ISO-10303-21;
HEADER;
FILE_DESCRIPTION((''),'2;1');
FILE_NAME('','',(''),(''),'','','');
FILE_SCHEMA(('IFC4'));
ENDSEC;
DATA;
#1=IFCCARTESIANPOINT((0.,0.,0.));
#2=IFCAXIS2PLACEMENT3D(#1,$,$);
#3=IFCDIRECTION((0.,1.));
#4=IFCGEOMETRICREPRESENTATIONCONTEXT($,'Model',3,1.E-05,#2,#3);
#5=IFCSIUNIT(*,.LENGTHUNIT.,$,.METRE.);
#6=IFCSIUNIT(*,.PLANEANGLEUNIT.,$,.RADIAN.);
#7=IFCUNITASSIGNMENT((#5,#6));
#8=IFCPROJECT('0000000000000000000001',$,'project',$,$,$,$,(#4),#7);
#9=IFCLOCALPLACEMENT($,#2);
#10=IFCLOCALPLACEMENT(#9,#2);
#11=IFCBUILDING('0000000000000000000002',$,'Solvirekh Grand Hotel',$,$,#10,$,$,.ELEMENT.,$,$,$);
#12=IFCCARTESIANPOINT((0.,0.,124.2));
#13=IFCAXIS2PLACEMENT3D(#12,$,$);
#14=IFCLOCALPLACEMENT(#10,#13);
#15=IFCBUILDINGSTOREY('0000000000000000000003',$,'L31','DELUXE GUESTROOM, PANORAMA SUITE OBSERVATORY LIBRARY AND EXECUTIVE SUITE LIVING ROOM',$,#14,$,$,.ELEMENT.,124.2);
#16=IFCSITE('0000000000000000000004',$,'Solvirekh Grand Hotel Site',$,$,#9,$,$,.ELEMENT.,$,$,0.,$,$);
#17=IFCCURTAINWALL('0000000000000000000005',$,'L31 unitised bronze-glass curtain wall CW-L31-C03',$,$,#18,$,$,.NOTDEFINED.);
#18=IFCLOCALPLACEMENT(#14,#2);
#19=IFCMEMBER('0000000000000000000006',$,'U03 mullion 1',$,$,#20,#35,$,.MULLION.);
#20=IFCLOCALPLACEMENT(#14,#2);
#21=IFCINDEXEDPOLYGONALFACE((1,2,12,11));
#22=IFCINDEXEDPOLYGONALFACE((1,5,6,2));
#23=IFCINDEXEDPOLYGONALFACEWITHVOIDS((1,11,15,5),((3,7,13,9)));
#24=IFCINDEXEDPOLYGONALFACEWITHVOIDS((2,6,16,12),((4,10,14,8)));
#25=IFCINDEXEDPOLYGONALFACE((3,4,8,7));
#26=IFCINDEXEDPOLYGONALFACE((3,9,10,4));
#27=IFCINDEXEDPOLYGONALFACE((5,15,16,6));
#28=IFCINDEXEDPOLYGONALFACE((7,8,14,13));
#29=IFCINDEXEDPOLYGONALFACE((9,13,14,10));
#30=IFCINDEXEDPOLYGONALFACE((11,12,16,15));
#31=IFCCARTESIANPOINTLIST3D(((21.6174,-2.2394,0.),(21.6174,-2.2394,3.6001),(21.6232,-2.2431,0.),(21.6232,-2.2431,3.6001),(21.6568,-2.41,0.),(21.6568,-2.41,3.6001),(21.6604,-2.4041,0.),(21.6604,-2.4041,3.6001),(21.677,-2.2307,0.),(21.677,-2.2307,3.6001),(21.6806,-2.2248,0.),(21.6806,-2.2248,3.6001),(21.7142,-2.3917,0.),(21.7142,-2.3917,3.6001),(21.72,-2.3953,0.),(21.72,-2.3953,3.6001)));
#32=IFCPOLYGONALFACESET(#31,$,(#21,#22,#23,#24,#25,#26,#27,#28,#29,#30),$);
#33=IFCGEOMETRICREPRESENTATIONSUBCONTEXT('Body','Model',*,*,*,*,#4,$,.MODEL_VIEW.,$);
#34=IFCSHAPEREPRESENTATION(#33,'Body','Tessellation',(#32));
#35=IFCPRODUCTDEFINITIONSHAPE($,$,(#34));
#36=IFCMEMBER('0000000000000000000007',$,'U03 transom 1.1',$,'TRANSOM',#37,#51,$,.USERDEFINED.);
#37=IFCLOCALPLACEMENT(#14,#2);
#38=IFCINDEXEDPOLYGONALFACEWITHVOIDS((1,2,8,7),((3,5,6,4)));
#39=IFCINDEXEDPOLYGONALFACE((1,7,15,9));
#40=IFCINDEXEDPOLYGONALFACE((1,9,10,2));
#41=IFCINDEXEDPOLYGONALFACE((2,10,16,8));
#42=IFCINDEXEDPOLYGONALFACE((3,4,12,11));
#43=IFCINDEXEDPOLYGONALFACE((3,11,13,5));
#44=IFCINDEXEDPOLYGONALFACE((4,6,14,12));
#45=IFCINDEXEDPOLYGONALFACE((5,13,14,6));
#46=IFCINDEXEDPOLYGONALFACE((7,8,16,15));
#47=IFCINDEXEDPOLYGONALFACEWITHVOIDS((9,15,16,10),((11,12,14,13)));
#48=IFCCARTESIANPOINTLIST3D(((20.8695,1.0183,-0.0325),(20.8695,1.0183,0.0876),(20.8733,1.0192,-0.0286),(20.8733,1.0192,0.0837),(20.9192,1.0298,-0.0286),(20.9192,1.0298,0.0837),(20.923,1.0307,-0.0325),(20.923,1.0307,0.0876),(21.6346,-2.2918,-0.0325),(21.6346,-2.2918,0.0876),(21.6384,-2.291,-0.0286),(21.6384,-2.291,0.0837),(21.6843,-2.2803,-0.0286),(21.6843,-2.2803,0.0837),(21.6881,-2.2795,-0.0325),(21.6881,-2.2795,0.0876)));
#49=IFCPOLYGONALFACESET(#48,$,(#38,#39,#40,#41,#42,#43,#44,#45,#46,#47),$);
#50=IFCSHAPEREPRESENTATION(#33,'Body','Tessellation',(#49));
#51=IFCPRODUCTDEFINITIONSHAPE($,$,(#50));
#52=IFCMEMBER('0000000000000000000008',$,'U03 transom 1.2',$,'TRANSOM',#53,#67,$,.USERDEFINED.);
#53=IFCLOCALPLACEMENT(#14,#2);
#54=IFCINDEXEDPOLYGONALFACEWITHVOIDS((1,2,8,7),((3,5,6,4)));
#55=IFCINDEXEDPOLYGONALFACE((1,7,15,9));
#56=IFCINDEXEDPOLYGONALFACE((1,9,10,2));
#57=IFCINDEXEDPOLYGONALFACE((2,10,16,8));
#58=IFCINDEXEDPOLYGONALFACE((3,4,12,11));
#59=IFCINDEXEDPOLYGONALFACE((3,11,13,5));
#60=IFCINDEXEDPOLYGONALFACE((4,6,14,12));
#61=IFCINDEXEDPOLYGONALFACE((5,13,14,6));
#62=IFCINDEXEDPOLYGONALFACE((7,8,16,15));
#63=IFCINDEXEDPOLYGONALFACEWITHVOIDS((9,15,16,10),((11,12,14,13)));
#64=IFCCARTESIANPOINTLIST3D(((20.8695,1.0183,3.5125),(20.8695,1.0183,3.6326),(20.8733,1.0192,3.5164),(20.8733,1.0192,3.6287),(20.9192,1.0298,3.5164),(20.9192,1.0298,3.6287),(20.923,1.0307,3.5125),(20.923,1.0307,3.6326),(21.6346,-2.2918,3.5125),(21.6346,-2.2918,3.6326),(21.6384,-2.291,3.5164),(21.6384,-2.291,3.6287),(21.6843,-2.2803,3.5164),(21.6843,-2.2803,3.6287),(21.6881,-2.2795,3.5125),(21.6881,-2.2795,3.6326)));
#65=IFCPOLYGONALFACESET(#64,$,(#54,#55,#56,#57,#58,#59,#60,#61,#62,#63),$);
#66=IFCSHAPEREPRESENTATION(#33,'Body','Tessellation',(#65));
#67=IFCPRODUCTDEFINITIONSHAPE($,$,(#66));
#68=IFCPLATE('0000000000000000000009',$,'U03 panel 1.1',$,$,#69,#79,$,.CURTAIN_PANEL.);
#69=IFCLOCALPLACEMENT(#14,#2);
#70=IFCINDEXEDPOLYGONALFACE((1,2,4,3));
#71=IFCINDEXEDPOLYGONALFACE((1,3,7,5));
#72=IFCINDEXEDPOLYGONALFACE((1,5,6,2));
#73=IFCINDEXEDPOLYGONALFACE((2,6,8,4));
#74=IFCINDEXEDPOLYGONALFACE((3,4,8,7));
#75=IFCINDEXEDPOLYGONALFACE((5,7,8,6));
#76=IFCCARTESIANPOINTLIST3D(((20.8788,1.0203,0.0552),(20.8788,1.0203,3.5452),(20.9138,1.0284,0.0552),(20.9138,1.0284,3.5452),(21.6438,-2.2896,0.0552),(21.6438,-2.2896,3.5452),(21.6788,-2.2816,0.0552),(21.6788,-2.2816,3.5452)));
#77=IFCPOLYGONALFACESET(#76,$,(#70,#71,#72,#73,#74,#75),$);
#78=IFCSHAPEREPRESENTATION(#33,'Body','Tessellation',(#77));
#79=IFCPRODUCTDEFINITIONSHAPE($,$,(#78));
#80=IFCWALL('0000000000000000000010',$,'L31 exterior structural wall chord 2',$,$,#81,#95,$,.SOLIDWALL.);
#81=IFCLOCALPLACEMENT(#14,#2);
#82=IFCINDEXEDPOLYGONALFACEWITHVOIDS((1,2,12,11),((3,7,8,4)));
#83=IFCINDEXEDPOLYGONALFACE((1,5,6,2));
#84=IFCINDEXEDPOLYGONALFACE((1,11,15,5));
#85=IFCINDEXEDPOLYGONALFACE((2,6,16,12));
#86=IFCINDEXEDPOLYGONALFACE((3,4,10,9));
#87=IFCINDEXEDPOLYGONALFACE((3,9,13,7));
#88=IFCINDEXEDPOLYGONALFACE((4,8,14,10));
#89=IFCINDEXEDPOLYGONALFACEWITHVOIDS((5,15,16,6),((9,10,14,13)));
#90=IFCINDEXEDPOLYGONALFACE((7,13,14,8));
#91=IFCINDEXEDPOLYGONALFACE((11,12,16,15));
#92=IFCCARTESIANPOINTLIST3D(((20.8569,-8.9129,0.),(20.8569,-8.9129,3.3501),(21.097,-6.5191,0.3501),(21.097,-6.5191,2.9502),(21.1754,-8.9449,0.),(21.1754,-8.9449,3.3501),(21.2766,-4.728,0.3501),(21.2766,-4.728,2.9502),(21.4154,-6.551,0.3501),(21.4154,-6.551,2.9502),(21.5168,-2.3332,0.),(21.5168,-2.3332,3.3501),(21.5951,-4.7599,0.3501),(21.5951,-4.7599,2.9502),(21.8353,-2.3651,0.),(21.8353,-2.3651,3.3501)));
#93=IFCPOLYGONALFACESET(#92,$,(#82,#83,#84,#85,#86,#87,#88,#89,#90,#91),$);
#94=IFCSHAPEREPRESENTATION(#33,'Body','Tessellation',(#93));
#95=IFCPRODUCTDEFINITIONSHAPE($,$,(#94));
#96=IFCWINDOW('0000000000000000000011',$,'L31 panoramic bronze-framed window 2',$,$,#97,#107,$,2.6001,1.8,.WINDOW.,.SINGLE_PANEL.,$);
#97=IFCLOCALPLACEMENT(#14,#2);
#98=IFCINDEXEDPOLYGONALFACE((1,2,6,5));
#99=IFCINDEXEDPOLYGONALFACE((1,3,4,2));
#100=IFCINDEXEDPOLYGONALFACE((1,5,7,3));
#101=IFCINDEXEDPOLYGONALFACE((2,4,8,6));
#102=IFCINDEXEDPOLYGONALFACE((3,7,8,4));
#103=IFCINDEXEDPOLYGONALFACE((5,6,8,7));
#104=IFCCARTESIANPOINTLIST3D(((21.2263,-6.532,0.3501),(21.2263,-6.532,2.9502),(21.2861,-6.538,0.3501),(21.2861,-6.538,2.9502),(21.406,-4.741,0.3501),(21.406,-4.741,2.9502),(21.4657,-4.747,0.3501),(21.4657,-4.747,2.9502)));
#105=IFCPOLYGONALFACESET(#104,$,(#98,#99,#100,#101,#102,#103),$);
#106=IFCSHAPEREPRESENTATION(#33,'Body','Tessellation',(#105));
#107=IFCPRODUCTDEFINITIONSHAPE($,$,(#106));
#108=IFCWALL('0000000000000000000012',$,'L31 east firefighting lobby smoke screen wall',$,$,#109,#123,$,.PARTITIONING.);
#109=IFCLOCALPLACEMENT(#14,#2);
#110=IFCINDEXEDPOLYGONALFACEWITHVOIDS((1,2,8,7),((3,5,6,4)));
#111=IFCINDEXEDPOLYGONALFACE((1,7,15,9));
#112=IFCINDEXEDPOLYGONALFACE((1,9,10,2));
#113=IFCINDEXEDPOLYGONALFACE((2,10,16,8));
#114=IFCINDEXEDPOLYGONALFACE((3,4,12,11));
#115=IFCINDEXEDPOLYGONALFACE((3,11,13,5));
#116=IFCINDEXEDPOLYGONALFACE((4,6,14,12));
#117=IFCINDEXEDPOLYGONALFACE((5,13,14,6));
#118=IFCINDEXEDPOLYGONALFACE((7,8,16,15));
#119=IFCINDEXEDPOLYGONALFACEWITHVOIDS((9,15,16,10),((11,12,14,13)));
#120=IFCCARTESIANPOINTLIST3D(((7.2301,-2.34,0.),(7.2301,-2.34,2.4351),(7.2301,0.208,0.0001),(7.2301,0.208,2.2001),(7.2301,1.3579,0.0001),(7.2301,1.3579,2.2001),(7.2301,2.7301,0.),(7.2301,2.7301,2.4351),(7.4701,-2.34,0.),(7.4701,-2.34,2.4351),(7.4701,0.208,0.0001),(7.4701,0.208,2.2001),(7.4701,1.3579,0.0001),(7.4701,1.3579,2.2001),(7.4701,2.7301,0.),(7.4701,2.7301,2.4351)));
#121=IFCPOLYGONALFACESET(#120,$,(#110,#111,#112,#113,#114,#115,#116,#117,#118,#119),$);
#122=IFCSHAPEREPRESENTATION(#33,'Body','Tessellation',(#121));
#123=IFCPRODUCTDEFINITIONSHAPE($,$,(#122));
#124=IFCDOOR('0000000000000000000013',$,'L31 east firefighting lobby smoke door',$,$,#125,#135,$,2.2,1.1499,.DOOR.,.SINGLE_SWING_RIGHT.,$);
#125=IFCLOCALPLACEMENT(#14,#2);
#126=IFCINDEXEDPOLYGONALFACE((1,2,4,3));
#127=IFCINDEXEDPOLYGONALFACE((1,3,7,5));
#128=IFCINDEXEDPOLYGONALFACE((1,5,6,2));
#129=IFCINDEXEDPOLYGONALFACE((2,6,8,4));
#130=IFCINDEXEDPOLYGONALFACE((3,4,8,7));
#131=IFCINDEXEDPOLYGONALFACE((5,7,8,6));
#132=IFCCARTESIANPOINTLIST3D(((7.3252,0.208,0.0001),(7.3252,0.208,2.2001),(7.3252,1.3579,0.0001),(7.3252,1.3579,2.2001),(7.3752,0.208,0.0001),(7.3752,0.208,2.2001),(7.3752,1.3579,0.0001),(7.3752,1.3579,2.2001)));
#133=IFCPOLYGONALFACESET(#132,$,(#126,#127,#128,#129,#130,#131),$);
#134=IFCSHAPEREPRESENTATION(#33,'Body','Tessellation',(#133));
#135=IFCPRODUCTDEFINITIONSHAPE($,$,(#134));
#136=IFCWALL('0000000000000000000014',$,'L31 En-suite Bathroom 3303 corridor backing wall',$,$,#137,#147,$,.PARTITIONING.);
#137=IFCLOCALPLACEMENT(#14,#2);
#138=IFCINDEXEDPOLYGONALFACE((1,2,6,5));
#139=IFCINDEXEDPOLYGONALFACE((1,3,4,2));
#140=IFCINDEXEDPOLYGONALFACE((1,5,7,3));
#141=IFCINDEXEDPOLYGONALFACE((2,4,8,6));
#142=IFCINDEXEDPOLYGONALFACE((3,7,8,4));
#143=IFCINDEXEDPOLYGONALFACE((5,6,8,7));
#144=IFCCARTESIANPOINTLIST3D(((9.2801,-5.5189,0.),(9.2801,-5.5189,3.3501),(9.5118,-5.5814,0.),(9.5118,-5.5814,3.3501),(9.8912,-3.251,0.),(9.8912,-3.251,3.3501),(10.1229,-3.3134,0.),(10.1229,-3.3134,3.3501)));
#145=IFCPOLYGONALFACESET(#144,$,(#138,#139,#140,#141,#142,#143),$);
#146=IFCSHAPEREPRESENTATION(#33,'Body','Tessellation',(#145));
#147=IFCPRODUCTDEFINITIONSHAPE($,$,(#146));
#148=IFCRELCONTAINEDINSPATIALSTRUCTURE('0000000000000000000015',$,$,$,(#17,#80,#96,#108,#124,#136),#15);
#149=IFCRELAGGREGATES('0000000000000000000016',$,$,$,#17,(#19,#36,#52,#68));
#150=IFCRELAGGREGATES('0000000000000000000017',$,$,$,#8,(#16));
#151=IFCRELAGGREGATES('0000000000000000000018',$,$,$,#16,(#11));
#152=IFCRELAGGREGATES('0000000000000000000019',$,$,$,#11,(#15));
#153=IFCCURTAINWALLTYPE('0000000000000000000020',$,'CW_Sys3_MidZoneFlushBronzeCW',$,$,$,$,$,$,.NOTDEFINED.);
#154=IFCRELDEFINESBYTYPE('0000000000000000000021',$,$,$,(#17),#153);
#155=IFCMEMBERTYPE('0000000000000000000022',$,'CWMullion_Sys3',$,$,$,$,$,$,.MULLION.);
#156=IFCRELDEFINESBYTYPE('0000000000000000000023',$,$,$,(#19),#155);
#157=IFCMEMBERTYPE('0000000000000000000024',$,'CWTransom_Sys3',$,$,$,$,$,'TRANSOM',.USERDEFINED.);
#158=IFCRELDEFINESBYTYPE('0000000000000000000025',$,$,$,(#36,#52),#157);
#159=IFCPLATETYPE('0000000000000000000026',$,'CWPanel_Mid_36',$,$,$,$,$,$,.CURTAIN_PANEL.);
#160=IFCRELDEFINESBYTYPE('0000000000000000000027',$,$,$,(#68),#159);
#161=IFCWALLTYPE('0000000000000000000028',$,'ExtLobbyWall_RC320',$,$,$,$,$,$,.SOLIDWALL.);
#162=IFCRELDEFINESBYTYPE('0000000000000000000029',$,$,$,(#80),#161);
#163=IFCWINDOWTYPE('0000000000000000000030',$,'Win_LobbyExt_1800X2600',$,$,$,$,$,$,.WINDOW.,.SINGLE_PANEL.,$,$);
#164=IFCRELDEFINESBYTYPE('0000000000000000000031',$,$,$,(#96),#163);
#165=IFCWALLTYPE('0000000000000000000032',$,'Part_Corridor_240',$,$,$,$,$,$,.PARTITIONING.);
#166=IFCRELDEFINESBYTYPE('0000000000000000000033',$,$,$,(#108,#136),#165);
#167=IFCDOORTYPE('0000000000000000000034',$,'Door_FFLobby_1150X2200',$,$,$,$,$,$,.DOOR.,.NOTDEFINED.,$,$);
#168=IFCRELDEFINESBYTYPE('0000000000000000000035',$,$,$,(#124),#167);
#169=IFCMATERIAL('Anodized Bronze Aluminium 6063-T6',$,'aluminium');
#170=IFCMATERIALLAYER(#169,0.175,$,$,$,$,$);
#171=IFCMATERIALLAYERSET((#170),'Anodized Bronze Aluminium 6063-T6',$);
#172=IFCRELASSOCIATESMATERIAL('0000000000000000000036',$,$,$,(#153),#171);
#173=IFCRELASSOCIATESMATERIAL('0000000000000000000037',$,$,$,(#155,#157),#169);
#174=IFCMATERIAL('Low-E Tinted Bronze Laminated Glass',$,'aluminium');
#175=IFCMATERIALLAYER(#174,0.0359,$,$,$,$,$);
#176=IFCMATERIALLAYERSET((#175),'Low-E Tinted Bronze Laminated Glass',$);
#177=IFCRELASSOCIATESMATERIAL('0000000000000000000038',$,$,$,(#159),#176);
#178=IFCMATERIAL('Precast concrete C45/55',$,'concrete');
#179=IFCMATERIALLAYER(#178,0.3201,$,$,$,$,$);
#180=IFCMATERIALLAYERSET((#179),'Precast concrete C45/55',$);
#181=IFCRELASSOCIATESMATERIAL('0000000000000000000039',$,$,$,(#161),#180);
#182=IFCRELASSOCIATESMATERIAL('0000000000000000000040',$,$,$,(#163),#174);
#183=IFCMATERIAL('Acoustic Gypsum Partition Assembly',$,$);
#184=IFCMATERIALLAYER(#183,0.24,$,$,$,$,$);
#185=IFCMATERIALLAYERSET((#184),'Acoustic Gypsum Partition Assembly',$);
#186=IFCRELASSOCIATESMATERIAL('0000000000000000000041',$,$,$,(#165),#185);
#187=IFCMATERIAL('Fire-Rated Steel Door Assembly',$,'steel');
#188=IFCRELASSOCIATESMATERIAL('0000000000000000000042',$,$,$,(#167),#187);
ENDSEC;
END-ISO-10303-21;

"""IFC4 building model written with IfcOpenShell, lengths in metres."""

from ifc_helpers import new_model, si_unit, direction, frame, frame_2d, origin, origin_2d, place, context, subcontext, project, spatial, rectangle, hollow_rectangle, extrude, source, transform, mapped, material, layer, layer_set, material_profile, profile_set, type_object, element, fill, aggregate, save


model = new_model("IFC4")

# Units and contexts
model_context = context("Model", 3, precision=1e-05, world=origin(), true_north=direction((0.0, 1.0)))
body_context = subcontext(model_context, "Body", "Model", "MODEL_VIEW")
ifc_project = project(units=[si_unit("LENGTHUNIT", "METRE"), si_unit("PLANEANGLEUNIT", "RADIAN")], contexts=[model_context])

# Site, building, storey
site_placement = place(None, origin())
site = spatial("IfcSite", under=ifc_project, at=site_placement, Name="Solvirekh Grand Hotel Site", CompositionType="ELEMENT", RefElevation=0.0)
building_placement = place(site_placement, origin())
building = spatial("IfcBuilding", under=site, at=building_placement, Name="Solvirekh Grand Hotel", CompositionType="ELEMENT")
storey_placement = place(building_placement, frame((0.0, 0.0, 124.2)))
storey = spatial("IfcBuildingStorey", under=building, at=storey_placement, Name="L31", Description="DELUXE GUESTROOM, PANORAMA SUITE OBSERVATORY LIBRARY AND EXECUTIVE SUITE LIVING ROOM", CompositionType="ELEMENT", Elevation=124.2)

# Curtain wall, members, plate
ifc_material_1 = material(Name="Anodized Bronze Aluminium 6063-T6", Category="aluminium")
ifc_layer_1 = layer(ifc_material_1, 0.175)
ifc_layer_set_1 = layer_set([ifc_layer_1], Name="Anodized Bronze Aluminium 6063-T6")
curtain_wall_type = type_object("IfcCurtainWallType", Name="CW_Sys3_MidZoneFlushBronzeCW", PredefinedType="NOTDEFINED", material=ifc_layer_set_1)
curtain_wall_placement = place(storey_placement, origin())
curtain_wall = element("IfcCurtainWall", 1, at=curtain_wall_placement, inside=storey, type_object=curtain_wall_type, Name="L31 unitised bronze-glass curtain wall CW-L31-C03", PredefinedType="NOTDEFINED")
ifc_material_profile_1 = material_profile(ifc_material_1, hollow_rectangle(XDim=0.0649, YDim=0.175, WallThickness=0.0049, at=origin_2d()), Name="ALU RHS 175X65X5")
ifc_profile_set_1 = profile_set([ifc_material_profile_1], Name="Anodized Bronze Aluminium 6063-T6")
member_type_1 = type_object("IfcMemberType", Name="CWMullion_Sys3", PredefinedType="MULLION", material=ifc_profile_set_1)
shared_shape_1 = source(origin(), body_context, "Body", "SweptSolid", [
    extrude(hollow_rectangle(XDim=0.0649, YDim=0.175, WallThickness=0.0049, at=origin_2d()), origin(), (0.0, 0.0, 1.0), 3.6001),
])
member_1_placement = place(storey_placement, frame((21.6687, -2.3174, 0.0), z_axis=(0.0, 0.0, 1.0), x_axis=(-0.974314, -0.225194, 0.0)))
member_1 = element("IfcMember", 2, at=member_1_placement, type_object=member_type_1, Name="U03 mullion 1", PredefinedType="MULLION", context=body_context, shape_type="MappedRepresentation", body=[
    mapped(shared_shape_1, transform((0.0, 0.0, 0.0), x_axis=(1.0, 0.0, 0.0), y_axis=(0.0, 1.0, 0.0), z_axis=(0.0, 0.0, 1.0), scale=1.0)),
])
ifc_material_profile_2 = material_profile(ifc_material_1, hollow_rectangle(XDim=0.0549, YDim=0.1201, WallThickness=0.0039, at=origin_2d()), Name="ALU RHS 120X55X4")
ifc_profile_set_2 = profile_set([ifc_material_profile_2], Name="Anodized Bronze Aluminium 6063-T6")
member_type_2 = type_object("IfcMemberType", Name="CWTransom_Sys3", ElementType="TRANSOM", PredefinedType="USERDEFINED", material=ifc_profile_set_2)
shared_shape_2 = source(origin(), body_context, "Body", "SweptSolid", [
    extrude(hollow_rectangle(XDim=0.0549, YDim=0.1201, WallThickness=0.0039, at=origin_2d()), origin(), (0.0, 0.0, 1.0), 3.3975),
])
member_2_placement = place(storey_placement, frame((21.6614, -2.2856, 0.0276), z_axis=(-0.225216, 0.974309, 0.0), x_axis=(-0.974309, -0.225216, 0.0)))
member_2 = element("IfcMember", 3, at=member_2_placement, type_object=member_type_2, Name="U03 transom 1.1", ObjectType="TRANSOM", PredefinedType="USERDEFINED", context=body_context, shape_type="MappedRepresentation", body=[
    mapped(shared_shape_2, transform((0.0, 0.0, 0.0), x_axis=(1.0, 0.0, 0.0), y_axis=(0.0, 1.0, 0.0), z_axis=(0.0, 0.0, 1.0), scale=1.0)),
])
member_3_placement = place(storey_placement, frame((21.6614, -2.2856, 3.5725), z_axis=(-0.225216, 0.974309, 0.0), x_axis=(-0.974309, -0.225216, 0.0)))
member_3 = element("IfcMember", 4, at=member_3_placement, type_object=member_type_2, Name="U03 transom 1.2", ObjectType="TRANSOM", PredefinedType="USERDEFINED", context=body_context, shape_type="MappedRepresentation", body=[
    mapped(shared_shape_2, transform((0.0, 0.0, 0.0), x_axis=(1.0, 0.0, 0.0), y_axis=(0.0, 1.0, 0.0), z_axis=(0.0, 0.0, 1.0), scale=1.0)),
])
ifc_material_2 = material(Name="Low-E Tinted Bronze Laminated Glass", Category="aluminium")
ifc_layer_2 = layer(ifc_material_2, 0.0359)
ifc_layer_set_2 = layer_set([ifc_layer_2], Name="Low-E Tinted Bronze Laminated Glass")
plate_type = type_object("IfcPlateType", Name="CWPanel_Mid_36", PredefinedType="CURTAIN_PANEL", material=ifc_layer_set_2)
shared_shape_3 = source(origin(), body_context, "Body", "SweptSolid", [
    extrude(rectangle(XDim=3.3972, YDim=0.0359, at=origin_2d()), origin(), (0.0, 0.0, 1.0), 3.49),
])
plate_placement = place(storey_placement, frame((21.2788, -0.6306, 0.0552), z_axis=(0.0, 0.0, 1.0), x_axis=(-0.225194, 0.974314, 0.0)))
plate = element("IfcPlate", 5, at=plate_placement, type_object=plate_type, Name="U03 panel 1.1", PredefinedType="CURTAIN_PANEL", context=body_context, shape_type="MappedRepresentation", body=[
    mapped(shared_shape_3, transform((0.0, 0.0, 0.0), x_axis=(1.0, 0.0, 0.0), y_axis=(0.0, 1.0, 0.0), z_axis=(0.0, 0.0, 1.0), scale=1.0)),
])
aggregate(curtain_wall, [member_1, member_2, member_3, plate])

# Wall, opening, window
ifc_material_3 = material(Name="Precast concrete C45/55", Category="concrete")
ifc_layer_3 = layer(ifc_material_3, 0.3201)
ifc_layer_set_3 = layer_set([ifc_layer_3], Name="Precast concrete C45/55")
wall_type_1 = type_object("IfcWallType", Name="ExtLobbyWall_RC320", PredefinedType="SOLIDWALL", material=ifc_layer_set_3)
wall_1_placement = place(storey_placement, frame((21.676, -2.3491, 0.0), z_axis=(0.0, 0.0, 1.0), x_axis=(-0.099792, -0.995008, 0.0)))
wall_1 = element("IfcWall", 6, at=wall_1_placement, inside=storey, type_object=wall_type_1, Name="L31 exterior structural wall chord 2", PredefinedType="SOLIDWALL", context=body_context, shape_type="SweptSolid", body=[
    extrude(rectangle(XDim=6.6128, YDim=0.3201, at=frame_2d((3.3064, 0.0))), origin(), (0.0, 0.0, 1.0), 3.3501),
])
opening_1_placement = place(wall_1_placement, frame((2.407, 0.0, 0.3501)))
opening_1 = element("IfcOpeningElement", 7, at=opening_1_placement, cuts=wall_1, PredefinedType="OPENING", context=body_context, shape_type="SweptSolid", body=[
    extrude(rectangle(XDim=1.8, YDim=2.6001, at=frame_2d((0.8999, 1.3))), frame((0.0, 0.1699, 0.0), z_axis=(0.0, -1.0, 0.0), x_axis=(1.0, 0.0, 0.0)), (0.0, 0.0, 1.0), 0.3401),
])
window_type = type_object("IfcWindowType", Name="Win_LobbyExt_1800X2600", PartitioningType="SINGLE_PANEL", PredefinedType="WINDOW", material=ifc_material_2)
window_placement = place(opening_1_placement, origin())
window = element("IfcWindow", 8, at=window_placement, inside=storey, type_object=window_type, Name="L31 panoramic bronze-framed window 2", OverallHeight=2.6001, OverallWidth=1.8, PartitioningType="SINGLE_PANEL", PredefinedType="WINDOW", context=body_context, shape_type="SweptSolid", body=[
    extrude(rectangle(XDim=1.8, YDim=2.6001, at=frame_2d((0.8999, 1.3))), frame((0.0, 0.03, 0.0), z_axis=(0.0, -1.0, 0.0), x_axis=(1.0, 0.0, 0.0)), (0.0, 0.0, 1.0), 0.0601),
])
fill(opening_1, window)

# Wall, opening, door
ifc_material_4 = material(Name="Acoustic Gypsum Partition Assembly")
ifc_layer_4 = layer(ifc_material_4, 0.24)
ifc_layer_set_4 = layer_set([ifc_layer_4], Name="Acoustic Gypsum Partition Assembly")
wall_type_2 = type_object("IfcWallType", Name="Part_Corridor_240", PredefinedType="PARTITIONING", material=ifc_layer_set_4)
wall_2_placement = place(storey_placement, frame((7.3501, -2.3401, 0.0), z_axis=(0.0, 0.0, 1.0), x_axis=(0.0, 1.0, 0.0)))
wall_2 = element("IfcWall", 9, at=wall_2_placement, inside=storey, type_object=wall_type_2, Name="L31 east firefighting lobby smoke screen wall", PredefinedType="PARTITIONING", context=body_context, shape_type="SweptSolid", body=[
    extrude(rectangle(XDim=5.0701, YDim=0.24, at=frame_2d((2.5352, 0.0))), origin(), (0.0, 0.0, 1.0), 2.4351),
])
opening_2_placement = place(wall_2_placement, frame((2.5481, 0.0, 0.0)))
opening_2 = element("IfcOpeningElement", 10, at=opening_2_placement, cuts=wall_2, PredefinedType="OPENING", context=body_context, shape_type="SweptSolid", body=[
    extrude(rectangle(XDim=1.1499, YDim=2.2, at=frame_2d((0.575, 1.1001))), frame((0.0, 0.1299, 0.0), z_axis=(0.0, -1.0, 0.0), x_axis=(1.0, 0.0, 0.0)), (0.0, 0.0, 1.0), 0.26),
])
ifc_material_5 = material(Name="Fire-Rated Steel Door Assembly", Category="steel")
door_type_1 = type_object("IfcDoorType", Name="Door_FFLobby_1150X2200", OperationType="NOTDEFINED", PredefinedType="DOOR", material=ifc_material_5)
door_1_placement = place(opening_2_placement, origin())
door_1 = element("IfcDoor", 11, at=door_1_placement, inside=storey, type_object=door_type_1, Name="L31 east firefighting lobby smoke door", OperationType="SINGLE_SWING_RIGHT", OverallHeight=2.2, OverallWidth=1.1499, PredefinedType="DOOR", context=body_context, shape_type="SweptSolid", body=[
    extrude(rectangle(XDim=1.1499, YDim=2.2, at=frame_2d((0.575, 1.1001))), frame((0.0, 0.0249, 0.0), z_axis=(0.0, -1.0, 0.0), x_axis=(1.0, 0.0, 0.0)), (0.0, 0.0, 1.0), 0.05),
])
fill(opening_2, door_1)

# Wall
wall_3_placement = place(storey_placement, frame((9.396, -5.55, 0.0), z_axis=(0.0, 0.0, 1.0), x_axis=(0.260152, 0.965568, 0.0)))
element("IfcWall", 12, at=wall_3_placement, inside=storey, type_object=wall_type_2, Name="L31 En-suite Bathroom 3303 corridor backing wall", PredefinedType="PARTITIONING", context=body_context, shape_type="SweptSolid", body=[
    extrude(rectangle(XDim=2.3489, YDim=0.24, at=frame_2d((1.1743, 0.0))), origin(), (0.0, 0.0, 1.0), 3.3501),
])

save(model, "model.ifc")
